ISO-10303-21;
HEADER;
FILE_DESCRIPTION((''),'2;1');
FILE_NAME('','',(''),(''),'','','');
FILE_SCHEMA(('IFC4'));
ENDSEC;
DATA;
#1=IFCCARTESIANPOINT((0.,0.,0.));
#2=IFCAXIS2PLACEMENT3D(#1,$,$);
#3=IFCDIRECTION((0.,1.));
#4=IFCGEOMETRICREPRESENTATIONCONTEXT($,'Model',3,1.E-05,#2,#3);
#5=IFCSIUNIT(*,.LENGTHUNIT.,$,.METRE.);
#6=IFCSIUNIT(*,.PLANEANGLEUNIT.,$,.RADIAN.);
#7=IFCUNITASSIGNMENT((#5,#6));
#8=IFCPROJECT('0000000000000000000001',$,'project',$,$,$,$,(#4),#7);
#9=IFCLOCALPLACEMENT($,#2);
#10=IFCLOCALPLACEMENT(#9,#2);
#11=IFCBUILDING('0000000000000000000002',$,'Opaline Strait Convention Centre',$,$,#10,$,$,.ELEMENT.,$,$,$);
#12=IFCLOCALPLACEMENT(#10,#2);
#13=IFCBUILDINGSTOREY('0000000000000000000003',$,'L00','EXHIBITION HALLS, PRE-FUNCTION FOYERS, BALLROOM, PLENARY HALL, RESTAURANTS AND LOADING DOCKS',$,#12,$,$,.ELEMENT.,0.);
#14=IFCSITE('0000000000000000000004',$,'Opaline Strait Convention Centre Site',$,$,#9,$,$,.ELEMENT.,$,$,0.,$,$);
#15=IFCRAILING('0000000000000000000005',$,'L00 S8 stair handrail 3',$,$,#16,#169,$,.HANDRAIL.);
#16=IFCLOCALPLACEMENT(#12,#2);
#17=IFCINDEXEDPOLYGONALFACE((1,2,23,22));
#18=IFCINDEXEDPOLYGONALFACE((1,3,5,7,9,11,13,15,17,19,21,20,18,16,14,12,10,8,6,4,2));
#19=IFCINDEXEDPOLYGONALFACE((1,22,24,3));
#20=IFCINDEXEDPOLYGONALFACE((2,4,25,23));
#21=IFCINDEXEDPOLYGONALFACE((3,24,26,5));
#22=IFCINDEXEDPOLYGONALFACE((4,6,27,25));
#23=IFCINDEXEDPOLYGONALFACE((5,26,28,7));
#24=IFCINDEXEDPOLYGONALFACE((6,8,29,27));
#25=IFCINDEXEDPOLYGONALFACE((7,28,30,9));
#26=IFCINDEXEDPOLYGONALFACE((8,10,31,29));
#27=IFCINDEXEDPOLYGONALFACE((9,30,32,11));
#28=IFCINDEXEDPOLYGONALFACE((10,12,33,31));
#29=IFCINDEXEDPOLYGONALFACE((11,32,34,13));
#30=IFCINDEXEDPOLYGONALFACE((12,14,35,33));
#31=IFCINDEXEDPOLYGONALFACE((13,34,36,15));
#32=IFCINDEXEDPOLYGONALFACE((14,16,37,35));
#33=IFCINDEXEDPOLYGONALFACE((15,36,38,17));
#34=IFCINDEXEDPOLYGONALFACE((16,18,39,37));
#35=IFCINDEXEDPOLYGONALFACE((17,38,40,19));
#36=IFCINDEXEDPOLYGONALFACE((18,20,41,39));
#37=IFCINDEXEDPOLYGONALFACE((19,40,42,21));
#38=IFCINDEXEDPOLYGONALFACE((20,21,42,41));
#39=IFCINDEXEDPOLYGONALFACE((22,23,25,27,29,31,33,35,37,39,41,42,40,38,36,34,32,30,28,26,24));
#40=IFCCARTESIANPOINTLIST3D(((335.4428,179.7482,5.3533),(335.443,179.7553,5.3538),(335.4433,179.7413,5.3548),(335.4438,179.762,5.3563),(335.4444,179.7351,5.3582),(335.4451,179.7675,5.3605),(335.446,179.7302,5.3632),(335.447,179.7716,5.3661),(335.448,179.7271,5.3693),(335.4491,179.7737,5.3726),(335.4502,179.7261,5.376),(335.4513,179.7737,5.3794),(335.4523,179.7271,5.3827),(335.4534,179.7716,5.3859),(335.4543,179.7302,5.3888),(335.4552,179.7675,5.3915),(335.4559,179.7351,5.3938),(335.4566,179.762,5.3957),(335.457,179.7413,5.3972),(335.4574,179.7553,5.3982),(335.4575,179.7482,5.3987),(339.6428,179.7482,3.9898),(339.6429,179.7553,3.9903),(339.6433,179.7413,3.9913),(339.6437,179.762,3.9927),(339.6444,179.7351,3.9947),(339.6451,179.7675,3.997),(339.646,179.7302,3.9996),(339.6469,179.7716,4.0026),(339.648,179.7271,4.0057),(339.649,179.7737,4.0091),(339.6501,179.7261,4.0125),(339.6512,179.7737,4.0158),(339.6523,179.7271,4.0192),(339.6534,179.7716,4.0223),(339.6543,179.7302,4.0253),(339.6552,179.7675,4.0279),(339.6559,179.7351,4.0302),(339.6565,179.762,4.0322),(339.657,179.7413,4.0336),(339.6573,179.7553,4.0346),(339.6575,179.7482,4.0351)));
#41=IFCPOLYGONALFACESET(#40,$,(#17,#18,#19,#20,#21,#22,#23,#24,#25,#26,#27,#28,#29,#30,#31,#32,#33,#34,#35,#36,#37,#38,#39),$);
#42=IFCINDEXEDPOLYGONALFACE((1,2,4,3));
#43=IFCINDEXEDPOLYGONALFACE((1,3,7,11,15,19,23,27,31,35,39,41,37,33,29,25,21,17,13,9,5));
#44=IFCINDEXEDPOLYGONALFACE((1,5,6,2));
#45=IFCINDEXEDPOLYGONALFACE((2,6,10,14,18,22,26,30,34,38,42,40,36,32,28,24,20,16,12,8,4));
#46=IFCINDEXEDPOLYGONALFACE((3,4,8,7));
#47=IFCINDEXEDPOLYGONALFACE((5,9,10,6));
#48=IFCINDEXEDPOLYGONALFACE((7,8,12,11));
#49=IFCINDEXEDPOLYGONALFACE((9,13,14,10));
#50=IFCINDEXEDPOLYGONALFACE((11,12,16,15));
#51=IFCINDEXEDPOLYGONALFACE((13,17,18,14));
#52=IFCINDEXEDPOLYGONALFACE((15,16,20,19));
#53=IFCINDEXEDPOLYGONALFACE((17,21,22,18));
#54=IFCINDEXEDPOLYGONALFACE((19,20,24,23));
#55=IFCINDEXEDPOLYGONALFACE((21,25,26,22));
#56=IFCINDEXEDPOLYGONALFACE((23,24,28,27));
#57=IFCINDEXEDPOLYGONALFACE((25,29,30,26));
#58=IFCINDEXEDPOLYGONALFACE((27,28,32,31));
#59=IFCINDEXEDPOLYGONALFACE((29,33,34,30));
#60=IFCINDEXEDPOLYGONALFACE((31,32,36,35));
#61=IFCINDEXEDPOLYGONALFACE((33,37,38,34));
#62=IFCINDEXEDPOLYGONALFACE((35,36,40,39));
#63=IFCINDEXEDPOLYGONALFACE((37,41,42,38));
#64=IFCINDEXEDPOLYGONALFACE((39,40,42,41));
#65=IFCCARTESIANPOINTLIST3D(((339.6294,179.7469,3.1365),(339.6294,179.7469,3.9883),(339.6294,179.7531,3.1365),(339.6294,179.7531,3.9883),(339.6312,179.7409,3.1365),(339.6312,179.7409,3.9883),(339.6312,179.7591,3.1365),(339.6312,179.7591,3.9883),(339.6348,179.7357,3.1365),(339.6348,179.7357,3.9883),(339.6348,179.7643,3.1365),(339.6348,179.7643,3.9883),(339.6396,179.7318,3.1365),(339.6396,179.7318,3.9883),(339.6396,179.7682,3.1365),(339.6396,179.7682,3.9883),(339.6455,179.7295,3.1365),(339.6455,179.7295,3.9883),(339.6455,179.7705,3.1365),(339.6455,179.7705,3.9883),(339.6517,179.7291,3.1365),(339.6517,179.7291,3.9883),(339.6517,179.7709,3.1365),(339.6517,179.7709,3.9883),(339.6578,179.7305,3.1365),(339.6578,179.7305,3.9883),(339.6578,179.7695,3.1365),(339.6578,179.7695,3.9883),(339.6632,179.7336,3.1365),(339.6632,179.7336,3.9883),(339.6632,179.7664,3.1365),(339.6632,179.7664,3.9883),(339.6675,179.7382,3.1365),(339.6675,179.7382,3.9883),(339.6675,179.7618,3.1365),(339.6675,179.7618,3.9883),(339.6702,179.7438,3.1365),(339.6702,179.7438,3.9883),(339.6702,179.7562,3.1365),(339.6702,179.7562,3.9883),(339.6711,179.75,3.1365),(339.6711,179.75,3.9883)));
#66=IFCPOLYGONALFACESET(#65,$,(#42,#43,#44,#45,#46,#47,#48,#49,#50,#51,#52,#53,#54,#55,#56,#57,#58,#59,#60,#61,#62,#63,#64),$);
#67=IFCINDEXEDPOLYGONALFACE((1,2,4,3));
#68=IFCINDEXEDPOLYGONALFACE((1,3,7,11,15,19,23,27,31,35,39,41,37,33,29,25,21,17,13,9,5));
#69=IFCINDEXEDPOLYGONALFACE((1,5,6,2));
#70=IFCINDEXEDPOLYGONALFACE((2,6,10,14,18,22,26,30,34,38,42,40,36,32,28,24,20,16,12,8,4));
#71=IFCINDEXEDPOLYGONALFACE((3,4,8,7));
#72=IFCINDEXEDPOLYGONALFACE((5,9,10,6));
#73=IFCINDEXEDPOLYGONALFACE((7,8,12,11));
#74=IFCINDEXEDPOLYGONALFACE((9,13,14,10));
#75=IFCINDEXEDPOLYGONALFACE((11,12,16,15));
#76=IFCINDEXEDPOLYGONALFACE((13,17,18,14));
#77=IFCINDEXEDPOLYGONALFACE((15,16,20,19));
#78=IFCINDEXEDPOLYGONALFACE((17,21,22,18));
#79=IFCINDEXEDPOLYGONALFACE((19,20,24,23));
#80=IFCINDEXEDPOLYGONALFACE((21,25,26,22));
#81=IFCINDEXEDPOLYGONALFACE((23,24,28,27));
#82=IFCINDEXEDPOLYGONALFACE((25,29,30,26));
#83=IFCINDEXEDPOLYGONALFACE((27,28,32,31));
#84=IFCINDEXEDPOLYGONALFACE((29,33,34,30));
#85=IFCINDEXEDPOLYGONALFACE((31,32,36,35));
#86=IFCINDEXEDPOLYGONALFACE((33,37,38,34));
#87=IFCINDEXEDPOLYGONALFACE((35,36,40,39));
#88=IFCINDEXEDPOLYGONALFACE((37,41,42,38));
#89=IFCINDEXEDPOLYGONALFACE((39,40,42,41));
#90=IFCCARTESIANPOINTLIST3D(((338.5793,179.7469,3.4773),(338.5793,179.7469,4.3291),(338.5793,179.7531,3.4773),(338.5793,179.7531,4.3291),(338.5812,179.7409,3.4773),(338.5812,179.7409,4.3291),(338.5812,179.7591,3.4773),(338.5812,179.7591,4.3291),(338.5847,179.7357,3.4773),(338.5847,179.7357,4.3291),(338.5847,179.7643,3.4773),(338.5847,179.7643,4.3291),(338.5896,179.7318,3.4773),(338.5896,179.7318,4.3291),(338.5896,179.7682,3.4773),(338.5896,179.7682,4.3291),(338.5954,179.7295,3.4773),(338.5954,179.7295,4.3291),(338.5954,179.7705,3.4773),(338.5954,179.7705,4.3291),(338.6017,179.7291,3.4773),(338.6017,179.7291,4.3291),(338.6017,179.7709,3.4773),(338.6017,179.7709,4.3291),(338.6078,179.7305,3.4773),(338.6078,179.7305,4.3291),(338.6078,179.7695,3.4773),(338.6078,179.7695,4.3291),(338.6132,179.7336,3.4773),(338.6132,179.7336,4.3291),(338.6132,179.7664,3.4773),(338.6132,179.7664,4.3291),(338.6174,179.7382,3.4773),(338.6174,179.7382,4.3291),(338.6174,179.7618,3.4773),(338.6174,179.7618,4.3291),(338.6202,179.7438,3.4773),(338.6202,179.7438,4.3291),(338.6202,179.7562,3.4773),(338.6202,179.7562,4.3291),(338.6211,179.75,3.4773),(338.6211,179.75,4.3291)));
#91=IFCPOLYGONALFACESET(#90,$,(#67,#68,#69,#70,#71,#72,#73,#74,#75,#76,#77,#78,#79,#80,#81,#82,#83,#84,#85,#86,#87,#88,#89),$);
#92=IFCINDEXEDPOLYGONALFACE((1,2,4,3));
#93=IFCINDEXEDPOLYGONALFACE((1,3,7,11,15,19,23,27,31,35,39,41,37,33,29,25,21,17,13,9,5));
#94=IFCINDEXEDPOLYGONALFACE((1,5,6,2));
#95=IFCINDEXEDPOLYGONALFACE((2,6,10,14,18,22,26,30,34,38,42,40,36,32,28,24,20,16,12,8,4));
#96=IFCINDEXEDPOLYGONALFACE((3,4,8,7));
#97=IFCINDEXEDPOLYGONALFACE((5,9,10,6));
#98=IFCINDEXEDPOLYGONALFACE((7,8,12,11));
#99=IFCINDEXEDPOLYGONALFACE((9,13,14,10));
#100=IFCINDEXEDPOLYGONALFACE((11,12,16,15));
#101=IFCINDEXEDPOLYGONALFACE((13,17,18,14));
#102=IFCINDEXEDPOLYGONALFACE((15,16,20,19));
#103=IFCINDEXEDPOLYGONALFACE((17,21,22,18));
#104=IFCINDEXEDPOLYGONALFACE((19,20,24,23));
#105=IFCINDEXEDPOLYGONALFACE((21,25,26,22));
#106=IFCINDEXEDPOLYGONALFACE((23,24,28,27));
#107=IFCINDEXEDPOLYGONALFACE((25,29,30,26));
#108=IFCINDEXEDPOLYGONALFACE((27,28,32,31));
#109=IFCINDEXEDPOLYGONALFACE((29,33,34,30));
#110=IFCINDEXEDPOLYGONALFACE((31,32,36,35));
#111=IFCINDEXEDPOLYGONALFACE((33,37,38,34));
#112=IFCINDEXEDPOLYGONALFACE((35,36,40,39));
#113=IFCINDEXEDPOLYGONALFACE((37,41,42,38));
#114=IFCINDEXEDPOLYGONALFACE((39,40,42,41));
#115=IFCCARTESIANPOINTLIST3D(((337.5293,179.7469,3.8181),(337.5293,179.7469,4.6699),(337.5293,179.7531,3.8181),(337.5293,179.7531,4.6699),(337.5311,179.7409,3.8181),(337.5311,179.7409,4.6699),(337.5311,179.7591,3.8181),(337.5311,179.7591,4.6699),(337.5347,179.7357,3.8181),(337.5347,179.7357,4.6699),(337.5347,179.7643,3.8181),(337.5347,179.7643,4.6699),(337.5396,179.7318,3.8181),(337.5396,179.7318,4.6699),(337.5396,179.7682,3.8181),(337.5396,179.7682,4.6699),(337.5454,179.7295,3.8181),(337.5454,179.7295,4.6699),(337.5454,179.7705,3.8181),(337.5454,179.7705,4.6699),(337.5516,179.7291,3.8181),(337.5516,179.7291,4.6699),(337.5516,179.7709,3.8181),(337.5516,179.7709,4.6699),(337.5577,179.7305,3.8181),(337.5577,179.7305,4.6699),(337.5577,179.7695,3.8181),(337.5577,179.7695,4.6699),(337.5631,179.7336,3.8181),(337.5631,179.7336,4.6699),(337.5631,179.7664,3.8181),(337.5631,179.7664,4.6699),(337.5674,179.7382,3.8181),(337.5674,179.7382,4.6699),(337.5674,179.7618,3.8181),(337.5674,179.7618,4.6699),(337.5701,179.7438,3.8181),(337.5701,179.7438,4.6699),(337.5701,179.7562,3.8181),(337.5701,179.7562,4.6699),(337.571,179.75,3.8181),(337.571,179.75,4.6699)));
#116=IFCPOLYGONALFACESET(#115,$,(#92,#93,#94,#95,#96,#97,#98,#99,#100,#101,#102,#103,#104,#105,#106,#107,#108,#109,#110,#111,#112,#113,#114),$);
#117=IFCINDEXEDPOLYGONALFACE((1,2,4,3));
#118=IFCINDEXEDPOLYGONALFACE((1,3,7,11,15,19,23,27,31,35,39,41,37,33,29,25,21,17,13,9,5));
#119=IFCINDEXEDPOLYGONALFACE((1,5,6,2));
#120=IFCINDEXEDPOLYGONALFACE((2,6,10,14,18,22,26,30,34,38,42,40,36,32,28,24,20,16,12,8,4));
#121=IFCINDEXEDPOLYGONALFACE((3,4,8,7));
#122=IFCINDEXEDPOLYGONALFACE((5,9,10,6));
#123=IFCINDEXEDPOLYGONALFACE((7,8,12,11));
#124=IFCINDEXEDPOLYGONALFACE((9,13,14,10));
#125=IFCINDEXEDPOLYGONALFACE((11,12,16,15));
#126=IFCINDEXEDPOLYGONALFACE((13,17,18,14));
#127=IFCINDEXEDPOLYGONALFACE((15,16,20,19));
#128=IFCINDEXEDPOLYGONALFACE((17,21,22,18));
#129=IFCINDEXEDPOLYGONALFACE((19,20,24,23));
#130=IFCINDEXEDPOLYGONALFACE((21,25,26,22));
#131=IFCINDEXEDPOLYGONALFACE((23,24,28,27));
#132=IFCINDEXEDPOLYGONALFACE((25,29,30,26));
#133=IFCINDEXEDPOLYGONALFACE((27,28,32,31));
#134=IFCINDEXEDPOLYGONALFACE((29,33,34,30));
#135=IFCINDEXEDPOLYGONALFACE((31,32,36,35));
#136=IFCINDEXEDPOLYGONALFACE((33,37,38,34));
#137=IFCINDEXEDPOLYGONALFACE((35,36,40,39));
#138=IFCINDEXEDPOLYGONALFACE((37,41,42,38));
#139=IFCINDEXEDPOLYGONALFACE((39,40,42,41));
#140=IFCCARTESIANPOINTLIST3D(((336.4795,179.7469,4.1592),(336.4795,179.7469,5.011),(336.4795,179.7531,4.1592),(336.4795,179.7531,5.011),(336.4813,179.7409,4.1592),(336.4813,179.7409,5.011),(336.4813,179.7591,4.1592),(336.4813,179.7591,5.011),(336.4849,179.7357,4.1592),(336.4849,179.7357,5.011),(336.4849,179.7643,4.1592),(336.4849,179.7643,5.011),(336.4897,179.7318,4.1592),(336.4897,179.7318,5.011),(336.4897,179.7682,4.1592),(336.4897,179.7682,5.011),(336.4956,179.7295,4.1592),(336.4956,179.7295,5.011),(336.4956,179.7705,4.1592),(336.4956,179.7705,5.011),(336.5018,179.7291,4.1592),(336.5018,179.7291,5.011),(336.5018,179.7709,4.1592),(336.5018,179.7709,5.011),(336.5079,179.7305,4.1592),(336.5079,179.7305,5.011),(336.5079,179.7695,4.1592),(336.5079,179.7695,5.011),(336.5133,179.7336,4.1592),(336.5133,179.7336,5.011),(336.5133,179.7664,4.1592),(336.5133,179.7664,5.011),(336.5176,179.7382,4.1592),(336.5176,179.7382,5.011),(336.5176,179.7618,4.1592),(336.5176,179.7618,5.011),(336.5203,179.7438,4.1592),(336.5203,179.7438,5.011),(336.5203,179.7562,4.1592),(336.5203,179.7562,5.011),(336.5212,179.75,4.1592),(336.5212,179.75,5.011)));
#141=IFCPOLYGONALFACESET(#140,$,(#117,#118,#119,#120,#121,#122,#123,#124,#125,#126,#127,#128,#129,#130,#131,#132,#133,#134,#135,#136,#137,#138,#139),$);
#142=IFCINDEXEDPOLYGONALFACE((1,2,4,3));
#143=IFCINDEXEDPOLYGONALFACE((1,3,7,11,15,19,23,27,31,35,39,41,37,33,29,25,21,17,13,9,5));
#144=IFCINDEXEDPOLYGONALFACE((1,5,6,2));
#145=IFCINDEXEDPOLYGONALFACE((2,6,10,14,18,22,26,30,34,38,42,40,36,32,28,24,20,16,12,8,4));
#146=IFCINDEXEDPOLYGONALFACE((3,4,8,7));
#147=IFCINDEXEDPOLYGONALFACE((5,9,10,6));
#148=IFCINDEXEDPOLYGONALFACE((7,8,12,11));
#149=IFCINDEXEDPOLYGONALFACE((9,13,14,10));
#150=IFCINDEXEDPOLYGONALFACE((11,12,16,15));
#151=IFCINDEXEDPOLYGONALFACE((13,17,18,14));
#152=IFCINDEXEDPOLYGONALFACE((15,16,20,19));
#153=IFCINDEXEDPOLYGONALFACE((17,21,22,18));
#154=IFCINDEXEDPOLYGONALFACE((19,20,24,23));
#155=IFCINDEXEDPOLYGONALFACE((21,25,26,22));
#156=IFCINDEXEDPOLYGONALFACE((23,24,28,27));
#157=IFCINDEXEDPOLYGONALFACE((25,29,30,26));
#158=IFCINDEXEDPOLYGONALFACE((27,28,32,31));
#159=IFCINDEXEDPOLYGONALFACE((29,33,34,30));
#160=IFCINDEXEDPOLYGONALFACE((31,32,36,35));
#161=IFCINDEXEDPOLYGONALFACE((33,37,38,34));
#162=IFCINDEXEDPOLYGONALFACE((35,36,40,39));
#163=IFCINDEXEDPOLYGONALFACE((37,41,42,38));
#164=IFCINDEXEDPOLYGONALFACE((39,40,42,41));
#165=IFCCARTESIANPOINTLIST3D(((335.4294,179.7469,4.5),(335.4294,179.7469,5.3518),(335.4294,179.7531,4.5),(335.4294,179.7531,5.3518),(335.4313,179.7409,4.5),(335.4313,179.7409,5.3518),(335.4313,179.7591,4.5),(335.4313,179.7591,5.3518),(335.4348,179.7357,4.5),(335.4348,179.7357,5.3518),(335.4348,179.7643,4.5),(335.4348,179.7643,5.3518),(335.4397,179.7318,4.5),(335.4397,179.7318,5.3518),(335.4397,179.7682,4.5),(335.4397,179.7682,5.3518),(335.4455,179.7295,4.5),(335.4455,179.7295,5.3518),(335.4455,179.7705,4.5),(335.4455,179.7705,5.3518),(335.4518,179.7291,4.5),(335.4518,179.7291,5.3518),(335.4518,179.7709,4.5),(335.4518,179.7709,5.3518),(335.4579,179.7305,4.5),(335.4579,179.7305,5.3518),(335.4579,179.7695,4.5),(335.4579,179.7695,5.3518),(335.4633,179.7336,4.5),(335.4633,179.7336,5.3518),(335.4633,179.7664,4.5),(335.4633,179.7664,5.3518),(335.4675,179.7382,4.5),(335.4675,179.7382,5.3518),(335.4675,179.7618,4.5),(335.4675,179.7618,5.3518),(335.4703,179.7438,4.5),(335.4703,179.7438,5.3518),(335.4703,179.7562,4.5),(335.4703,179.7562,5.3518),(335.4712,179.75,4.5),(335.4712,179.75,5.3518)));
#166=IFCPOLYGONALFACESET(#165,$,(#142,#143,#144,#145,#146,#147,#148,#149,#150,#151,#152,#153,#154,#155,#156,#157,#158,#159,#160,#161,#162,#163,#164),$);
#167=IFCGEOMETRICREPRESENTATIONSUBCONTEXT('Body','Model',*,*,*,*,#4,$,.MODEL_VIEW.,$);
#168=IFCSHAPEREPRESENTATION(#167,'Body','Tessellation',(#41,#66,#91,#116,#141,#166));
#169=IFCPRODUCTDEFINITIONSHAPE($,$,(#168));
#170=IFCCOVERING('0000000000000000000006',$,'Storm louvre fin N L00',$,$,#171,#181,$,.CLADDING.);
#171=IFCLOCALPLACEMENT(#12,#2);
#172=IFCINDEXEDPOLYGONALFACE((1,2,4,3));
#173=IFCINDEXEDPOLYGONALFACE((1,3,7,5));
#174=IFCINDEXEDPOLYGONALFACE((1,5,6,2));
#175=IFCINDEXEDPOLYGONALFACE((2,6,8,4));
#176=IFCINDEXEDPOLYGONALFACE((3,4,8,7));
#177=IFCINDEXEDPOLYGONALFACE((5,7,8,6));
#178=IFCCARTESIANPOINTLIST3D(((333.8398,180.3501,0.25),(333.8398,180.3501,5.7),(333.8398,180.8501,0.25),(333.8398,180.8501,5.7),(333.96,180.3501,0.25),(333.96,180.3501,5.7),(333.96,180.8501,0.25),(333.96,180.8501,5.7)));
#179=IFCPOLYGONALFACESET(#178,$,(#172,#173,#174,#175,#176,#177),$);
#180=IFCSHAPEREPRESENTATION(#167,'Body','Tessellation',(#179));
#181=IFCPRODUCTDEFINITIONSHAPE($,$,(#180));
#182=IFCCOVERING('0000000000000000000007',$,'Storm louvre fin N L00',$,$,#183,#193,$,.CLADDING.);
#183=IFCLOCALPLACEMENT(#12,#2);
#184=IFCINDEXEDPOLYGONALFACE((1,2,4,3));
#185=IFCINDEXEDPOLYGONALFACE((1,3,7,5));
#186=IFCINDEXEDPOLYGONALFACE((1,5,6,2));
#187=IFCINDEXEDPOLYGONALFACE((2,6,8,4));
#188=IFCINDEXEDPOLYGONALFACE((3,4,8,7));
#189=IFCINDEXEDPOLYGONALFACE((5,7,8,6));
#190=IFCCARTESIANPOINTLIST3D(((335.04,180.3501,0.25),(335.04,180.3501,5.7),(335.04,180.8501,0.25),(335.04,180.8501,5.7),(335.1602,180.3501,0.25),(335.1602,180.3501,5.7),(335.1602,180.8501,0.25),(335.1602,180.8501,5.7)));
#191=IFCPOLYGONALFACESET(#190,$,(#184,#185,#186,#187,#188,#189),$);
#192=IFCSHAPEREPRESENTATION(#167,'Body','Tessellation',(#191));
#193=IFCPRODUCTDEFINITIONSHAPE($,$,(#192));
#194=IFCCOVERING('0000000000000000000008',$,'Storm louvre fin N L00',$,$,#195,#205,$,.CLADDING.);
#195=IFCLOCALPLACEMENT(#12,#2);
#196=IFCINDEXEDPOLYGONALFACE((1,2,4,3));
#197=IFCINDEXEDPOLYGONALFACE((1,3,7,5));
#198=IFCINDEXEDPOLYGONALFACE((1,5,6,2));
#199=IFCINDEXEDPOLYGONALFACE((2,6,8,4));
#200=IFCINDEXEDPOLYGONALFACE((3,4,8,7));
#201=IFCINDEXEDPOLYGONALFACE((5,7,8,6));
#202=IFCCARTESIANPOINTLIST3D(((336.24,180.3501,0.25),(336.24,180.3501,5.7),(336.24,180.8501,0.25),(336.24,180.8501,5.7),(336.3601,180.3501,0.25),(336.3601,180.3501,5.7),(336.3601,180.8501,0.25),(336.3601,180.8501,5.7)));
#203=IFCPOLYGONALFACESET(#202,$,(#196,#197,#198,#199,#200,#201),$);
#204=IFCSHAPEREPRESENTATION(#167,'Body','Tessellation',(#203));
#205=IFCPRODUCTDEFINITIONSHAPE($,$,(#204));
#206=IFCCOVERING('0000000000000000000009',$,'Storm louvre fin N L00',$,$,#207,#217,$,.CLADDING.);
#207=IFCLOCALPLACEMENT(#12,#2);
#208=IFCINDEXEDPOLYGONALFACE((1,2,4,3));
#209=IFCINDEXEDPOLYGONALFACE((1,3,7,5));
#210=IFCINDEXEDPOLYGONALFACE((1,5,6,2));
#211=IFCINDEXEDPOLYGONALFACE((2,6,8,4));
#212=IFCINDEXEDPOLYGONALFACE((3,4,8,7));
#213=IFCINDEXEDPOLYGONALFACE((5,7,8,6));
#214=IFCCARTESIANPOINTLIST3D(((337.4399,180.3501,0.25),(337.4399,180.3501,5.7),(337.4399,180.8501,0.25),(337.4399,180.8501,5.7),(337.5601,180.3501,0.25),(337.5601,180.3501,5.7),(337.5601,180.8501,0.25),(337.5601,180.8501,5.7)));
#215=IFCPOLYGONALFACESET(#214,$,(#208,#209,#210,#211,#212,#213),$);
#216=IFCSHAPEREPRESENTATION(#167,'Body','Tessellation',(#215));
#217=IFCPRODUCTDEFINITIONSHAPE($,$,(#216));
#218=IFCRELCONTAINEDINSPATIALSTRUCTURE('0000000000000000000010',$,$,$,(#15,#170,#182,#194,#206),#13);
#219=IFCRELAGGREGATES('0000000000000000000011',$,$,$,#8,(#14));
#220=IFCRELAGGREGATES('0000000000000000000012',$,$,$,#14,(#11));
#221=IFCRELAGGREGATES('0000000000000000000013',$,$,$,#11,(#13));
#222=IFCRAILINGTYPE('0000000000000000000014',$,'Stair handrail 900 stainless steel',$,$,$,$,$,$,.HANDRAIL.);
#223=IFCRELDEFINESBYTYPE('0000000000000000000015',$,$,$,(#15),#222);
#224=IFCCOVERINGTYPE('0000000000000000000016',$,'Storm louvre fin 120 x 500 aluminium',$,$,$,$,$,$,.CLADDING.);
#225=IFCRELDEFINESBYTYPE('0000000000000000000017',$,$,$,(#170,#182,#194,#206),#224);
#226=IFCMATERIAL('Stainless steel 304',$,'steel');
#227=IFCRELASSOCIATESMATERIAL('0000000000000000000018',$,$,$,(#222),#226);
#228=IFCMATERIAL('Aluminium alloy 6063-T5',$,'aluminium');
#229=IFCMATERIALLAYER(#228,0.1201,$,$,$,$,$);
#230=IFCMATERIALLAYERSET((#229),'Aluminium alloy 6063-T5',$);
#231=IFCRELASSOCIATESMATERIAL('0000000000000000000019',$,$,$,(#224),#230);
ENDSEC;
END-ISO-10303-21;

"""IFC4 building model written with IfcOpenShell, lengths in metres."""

from ifc_helpers import new_model, si_unit, direction, frame, origin, origin_2d, place, context, subcontext, project, spatial, rectangle, circle, extrude, material, layer, layer_set, type_object, element, save


model = new_model("IFC4")

# Units and contexts
model_context = context("Model", 3, precision=1e-05, world=origin(), true_north=direction((0.0, 1.0)))
body_context = subcontext(model_context, "Body", "Model", "MODEL_VIEW")
ifc_project = project(units=[si_unit("LENGTHUNIT", "METRE"), si_unit("PLANEANGLEUNIT", "RADIAN")], contexts=[model_context])

# Site, building, storey
site_placement = place(None, origin())
site = spatial("IfcSite", under=ifc_project, at=site_placement, Name="Opaline Strait Convention Centre Site", CompositionType="ELEMENT", RefElevation=0.0)
building_placement = place(site_placement, origin())
building = spatial("IfcBuilding", under=site, at=building_placement, Name="Opaline Strait Convention Centre", CompositionType="ELEMENT")
storey_placement = place(building_placement, origin())
storey = spatial("IfcBuildingStorey", under=building, at=storey_placement, Name="L00", Description="EXHIBITION HALLS, PRE-FUNCTION FOYERS, BALLROOM, PLENARY HALL, RESTAURANTS AND LOADING DOCKS", CompositionType="ELEMENT", Elevation=0.0)

# Railing
ifc_material_1 = material(Name="Stainless steel 304", Category="steel")
railing_type_1 = type_object("IfcRailingType", Name="Stair handrail 900 stainless steel", PredefinedType="HANDRAIL", material=ifc_material_1)
for number, where, name in (
    (1, (339.6501, 179.75, 3.1365), "L00 S8 stair handrail 3"),
):
    element("IfcRailing", number, at=place(storey_placement, frame(where)), inside=storey, type_object=railing_type_1, Name=name, PredefinedType="HANDRAIL", context=body_context, shape_type="SweptSolid", body=[
        extrude(circle(Radius=0.0239, at=origin_2d()), frame((0.0, 0.0, 0.876), z_axis=(-0.951131, 0.0, 0.308787), x_axis=(0.0, -1.0, 0.0)), (0.0, 0.0, 1.0), 4.4158),
        extrude(circle(Radius=0.021, at=origin_2d()), origin(), (0.0, 0.0, 1.0), 0.8518),
        extrude(circle(Radius=0.021, at=origin_2d()), frame((-1.05, 0.0, 0.3408)), (0.0, 0.0, 1.0), 0.8518),
        extrude(circle(Radius=0.021, at=origin_2d()), frame((-2.1001, 0.0, 0.6816)), (0.0, 0.0, 1.0), 0.8518),
        extrude(circle(Radius=0.021, at=origin_2d()), frame((-3.1499, 0.0, 1.0227)), (0.0, 0.0, 1.0), 0.8518),
        extrude(circle(Radius=0.021, at=origin_2d()), frame((-4.2, 0.0, 1.3635)), (0.0, 0.0, 1.0), 0.8518),
    ])

# Coverings
ifc_material_2 = material(Name="Aluminium alloy 6063-T5", Category="aluminium")
ifc_layer_1 = layer(ifc_material_2, 0.1201)
ifc_layer_set_1 = layer_set([ifc_layer_1], Name="Aluminium alloy 6063-T5")
covering_type = type_object("IfcCoveringType", Name="Storm louvre fin 120 x 500 aluminium", PredefinedType="CLADDING", material=ifc_layer_set_1)
for number, where, z_axis, x_axis, name in (
    (2, (333.8999, 180.6001, 0.25), (0.0, 0.0, 1.0), (1.0, 0.0, 0.0), "Storm louvre fin N L00"),
    (3, (335.1001, 180.6001, 0.25), (0.0, 0.0, 1.0), (1.0, 0.0, 0.0), "Storm louvre fin N L00"),
    (4, (336.3, 180.6001, 0.25), (0.0, 0.0, 1.0), (1.0, 0.0, 0.0), "Storm louvre fin N L00"),
    (5, (337.5, 180.6001, 0.25), (0.0, 0.0, 1.0), (1.0, 0.0, 0.0), "Storm louvre fin N L00"),
):
    element("IfcCovering", number, at=place(storey_placement, frame(where, z_axis=z_axis, x_axis=x_axis)), inside=storey, type_object=covering_type, Name=name, PredefinedType="CLADDING", context=body_context, shape_type="SweptSolid", body=[
        extrude(rectangle(XDim=0.1201, YDim=0.5, at=origin_2d()), origin(), (0.0, 0.0, 1.0), 5.45),
    ])

save(model, "model.ifc")
